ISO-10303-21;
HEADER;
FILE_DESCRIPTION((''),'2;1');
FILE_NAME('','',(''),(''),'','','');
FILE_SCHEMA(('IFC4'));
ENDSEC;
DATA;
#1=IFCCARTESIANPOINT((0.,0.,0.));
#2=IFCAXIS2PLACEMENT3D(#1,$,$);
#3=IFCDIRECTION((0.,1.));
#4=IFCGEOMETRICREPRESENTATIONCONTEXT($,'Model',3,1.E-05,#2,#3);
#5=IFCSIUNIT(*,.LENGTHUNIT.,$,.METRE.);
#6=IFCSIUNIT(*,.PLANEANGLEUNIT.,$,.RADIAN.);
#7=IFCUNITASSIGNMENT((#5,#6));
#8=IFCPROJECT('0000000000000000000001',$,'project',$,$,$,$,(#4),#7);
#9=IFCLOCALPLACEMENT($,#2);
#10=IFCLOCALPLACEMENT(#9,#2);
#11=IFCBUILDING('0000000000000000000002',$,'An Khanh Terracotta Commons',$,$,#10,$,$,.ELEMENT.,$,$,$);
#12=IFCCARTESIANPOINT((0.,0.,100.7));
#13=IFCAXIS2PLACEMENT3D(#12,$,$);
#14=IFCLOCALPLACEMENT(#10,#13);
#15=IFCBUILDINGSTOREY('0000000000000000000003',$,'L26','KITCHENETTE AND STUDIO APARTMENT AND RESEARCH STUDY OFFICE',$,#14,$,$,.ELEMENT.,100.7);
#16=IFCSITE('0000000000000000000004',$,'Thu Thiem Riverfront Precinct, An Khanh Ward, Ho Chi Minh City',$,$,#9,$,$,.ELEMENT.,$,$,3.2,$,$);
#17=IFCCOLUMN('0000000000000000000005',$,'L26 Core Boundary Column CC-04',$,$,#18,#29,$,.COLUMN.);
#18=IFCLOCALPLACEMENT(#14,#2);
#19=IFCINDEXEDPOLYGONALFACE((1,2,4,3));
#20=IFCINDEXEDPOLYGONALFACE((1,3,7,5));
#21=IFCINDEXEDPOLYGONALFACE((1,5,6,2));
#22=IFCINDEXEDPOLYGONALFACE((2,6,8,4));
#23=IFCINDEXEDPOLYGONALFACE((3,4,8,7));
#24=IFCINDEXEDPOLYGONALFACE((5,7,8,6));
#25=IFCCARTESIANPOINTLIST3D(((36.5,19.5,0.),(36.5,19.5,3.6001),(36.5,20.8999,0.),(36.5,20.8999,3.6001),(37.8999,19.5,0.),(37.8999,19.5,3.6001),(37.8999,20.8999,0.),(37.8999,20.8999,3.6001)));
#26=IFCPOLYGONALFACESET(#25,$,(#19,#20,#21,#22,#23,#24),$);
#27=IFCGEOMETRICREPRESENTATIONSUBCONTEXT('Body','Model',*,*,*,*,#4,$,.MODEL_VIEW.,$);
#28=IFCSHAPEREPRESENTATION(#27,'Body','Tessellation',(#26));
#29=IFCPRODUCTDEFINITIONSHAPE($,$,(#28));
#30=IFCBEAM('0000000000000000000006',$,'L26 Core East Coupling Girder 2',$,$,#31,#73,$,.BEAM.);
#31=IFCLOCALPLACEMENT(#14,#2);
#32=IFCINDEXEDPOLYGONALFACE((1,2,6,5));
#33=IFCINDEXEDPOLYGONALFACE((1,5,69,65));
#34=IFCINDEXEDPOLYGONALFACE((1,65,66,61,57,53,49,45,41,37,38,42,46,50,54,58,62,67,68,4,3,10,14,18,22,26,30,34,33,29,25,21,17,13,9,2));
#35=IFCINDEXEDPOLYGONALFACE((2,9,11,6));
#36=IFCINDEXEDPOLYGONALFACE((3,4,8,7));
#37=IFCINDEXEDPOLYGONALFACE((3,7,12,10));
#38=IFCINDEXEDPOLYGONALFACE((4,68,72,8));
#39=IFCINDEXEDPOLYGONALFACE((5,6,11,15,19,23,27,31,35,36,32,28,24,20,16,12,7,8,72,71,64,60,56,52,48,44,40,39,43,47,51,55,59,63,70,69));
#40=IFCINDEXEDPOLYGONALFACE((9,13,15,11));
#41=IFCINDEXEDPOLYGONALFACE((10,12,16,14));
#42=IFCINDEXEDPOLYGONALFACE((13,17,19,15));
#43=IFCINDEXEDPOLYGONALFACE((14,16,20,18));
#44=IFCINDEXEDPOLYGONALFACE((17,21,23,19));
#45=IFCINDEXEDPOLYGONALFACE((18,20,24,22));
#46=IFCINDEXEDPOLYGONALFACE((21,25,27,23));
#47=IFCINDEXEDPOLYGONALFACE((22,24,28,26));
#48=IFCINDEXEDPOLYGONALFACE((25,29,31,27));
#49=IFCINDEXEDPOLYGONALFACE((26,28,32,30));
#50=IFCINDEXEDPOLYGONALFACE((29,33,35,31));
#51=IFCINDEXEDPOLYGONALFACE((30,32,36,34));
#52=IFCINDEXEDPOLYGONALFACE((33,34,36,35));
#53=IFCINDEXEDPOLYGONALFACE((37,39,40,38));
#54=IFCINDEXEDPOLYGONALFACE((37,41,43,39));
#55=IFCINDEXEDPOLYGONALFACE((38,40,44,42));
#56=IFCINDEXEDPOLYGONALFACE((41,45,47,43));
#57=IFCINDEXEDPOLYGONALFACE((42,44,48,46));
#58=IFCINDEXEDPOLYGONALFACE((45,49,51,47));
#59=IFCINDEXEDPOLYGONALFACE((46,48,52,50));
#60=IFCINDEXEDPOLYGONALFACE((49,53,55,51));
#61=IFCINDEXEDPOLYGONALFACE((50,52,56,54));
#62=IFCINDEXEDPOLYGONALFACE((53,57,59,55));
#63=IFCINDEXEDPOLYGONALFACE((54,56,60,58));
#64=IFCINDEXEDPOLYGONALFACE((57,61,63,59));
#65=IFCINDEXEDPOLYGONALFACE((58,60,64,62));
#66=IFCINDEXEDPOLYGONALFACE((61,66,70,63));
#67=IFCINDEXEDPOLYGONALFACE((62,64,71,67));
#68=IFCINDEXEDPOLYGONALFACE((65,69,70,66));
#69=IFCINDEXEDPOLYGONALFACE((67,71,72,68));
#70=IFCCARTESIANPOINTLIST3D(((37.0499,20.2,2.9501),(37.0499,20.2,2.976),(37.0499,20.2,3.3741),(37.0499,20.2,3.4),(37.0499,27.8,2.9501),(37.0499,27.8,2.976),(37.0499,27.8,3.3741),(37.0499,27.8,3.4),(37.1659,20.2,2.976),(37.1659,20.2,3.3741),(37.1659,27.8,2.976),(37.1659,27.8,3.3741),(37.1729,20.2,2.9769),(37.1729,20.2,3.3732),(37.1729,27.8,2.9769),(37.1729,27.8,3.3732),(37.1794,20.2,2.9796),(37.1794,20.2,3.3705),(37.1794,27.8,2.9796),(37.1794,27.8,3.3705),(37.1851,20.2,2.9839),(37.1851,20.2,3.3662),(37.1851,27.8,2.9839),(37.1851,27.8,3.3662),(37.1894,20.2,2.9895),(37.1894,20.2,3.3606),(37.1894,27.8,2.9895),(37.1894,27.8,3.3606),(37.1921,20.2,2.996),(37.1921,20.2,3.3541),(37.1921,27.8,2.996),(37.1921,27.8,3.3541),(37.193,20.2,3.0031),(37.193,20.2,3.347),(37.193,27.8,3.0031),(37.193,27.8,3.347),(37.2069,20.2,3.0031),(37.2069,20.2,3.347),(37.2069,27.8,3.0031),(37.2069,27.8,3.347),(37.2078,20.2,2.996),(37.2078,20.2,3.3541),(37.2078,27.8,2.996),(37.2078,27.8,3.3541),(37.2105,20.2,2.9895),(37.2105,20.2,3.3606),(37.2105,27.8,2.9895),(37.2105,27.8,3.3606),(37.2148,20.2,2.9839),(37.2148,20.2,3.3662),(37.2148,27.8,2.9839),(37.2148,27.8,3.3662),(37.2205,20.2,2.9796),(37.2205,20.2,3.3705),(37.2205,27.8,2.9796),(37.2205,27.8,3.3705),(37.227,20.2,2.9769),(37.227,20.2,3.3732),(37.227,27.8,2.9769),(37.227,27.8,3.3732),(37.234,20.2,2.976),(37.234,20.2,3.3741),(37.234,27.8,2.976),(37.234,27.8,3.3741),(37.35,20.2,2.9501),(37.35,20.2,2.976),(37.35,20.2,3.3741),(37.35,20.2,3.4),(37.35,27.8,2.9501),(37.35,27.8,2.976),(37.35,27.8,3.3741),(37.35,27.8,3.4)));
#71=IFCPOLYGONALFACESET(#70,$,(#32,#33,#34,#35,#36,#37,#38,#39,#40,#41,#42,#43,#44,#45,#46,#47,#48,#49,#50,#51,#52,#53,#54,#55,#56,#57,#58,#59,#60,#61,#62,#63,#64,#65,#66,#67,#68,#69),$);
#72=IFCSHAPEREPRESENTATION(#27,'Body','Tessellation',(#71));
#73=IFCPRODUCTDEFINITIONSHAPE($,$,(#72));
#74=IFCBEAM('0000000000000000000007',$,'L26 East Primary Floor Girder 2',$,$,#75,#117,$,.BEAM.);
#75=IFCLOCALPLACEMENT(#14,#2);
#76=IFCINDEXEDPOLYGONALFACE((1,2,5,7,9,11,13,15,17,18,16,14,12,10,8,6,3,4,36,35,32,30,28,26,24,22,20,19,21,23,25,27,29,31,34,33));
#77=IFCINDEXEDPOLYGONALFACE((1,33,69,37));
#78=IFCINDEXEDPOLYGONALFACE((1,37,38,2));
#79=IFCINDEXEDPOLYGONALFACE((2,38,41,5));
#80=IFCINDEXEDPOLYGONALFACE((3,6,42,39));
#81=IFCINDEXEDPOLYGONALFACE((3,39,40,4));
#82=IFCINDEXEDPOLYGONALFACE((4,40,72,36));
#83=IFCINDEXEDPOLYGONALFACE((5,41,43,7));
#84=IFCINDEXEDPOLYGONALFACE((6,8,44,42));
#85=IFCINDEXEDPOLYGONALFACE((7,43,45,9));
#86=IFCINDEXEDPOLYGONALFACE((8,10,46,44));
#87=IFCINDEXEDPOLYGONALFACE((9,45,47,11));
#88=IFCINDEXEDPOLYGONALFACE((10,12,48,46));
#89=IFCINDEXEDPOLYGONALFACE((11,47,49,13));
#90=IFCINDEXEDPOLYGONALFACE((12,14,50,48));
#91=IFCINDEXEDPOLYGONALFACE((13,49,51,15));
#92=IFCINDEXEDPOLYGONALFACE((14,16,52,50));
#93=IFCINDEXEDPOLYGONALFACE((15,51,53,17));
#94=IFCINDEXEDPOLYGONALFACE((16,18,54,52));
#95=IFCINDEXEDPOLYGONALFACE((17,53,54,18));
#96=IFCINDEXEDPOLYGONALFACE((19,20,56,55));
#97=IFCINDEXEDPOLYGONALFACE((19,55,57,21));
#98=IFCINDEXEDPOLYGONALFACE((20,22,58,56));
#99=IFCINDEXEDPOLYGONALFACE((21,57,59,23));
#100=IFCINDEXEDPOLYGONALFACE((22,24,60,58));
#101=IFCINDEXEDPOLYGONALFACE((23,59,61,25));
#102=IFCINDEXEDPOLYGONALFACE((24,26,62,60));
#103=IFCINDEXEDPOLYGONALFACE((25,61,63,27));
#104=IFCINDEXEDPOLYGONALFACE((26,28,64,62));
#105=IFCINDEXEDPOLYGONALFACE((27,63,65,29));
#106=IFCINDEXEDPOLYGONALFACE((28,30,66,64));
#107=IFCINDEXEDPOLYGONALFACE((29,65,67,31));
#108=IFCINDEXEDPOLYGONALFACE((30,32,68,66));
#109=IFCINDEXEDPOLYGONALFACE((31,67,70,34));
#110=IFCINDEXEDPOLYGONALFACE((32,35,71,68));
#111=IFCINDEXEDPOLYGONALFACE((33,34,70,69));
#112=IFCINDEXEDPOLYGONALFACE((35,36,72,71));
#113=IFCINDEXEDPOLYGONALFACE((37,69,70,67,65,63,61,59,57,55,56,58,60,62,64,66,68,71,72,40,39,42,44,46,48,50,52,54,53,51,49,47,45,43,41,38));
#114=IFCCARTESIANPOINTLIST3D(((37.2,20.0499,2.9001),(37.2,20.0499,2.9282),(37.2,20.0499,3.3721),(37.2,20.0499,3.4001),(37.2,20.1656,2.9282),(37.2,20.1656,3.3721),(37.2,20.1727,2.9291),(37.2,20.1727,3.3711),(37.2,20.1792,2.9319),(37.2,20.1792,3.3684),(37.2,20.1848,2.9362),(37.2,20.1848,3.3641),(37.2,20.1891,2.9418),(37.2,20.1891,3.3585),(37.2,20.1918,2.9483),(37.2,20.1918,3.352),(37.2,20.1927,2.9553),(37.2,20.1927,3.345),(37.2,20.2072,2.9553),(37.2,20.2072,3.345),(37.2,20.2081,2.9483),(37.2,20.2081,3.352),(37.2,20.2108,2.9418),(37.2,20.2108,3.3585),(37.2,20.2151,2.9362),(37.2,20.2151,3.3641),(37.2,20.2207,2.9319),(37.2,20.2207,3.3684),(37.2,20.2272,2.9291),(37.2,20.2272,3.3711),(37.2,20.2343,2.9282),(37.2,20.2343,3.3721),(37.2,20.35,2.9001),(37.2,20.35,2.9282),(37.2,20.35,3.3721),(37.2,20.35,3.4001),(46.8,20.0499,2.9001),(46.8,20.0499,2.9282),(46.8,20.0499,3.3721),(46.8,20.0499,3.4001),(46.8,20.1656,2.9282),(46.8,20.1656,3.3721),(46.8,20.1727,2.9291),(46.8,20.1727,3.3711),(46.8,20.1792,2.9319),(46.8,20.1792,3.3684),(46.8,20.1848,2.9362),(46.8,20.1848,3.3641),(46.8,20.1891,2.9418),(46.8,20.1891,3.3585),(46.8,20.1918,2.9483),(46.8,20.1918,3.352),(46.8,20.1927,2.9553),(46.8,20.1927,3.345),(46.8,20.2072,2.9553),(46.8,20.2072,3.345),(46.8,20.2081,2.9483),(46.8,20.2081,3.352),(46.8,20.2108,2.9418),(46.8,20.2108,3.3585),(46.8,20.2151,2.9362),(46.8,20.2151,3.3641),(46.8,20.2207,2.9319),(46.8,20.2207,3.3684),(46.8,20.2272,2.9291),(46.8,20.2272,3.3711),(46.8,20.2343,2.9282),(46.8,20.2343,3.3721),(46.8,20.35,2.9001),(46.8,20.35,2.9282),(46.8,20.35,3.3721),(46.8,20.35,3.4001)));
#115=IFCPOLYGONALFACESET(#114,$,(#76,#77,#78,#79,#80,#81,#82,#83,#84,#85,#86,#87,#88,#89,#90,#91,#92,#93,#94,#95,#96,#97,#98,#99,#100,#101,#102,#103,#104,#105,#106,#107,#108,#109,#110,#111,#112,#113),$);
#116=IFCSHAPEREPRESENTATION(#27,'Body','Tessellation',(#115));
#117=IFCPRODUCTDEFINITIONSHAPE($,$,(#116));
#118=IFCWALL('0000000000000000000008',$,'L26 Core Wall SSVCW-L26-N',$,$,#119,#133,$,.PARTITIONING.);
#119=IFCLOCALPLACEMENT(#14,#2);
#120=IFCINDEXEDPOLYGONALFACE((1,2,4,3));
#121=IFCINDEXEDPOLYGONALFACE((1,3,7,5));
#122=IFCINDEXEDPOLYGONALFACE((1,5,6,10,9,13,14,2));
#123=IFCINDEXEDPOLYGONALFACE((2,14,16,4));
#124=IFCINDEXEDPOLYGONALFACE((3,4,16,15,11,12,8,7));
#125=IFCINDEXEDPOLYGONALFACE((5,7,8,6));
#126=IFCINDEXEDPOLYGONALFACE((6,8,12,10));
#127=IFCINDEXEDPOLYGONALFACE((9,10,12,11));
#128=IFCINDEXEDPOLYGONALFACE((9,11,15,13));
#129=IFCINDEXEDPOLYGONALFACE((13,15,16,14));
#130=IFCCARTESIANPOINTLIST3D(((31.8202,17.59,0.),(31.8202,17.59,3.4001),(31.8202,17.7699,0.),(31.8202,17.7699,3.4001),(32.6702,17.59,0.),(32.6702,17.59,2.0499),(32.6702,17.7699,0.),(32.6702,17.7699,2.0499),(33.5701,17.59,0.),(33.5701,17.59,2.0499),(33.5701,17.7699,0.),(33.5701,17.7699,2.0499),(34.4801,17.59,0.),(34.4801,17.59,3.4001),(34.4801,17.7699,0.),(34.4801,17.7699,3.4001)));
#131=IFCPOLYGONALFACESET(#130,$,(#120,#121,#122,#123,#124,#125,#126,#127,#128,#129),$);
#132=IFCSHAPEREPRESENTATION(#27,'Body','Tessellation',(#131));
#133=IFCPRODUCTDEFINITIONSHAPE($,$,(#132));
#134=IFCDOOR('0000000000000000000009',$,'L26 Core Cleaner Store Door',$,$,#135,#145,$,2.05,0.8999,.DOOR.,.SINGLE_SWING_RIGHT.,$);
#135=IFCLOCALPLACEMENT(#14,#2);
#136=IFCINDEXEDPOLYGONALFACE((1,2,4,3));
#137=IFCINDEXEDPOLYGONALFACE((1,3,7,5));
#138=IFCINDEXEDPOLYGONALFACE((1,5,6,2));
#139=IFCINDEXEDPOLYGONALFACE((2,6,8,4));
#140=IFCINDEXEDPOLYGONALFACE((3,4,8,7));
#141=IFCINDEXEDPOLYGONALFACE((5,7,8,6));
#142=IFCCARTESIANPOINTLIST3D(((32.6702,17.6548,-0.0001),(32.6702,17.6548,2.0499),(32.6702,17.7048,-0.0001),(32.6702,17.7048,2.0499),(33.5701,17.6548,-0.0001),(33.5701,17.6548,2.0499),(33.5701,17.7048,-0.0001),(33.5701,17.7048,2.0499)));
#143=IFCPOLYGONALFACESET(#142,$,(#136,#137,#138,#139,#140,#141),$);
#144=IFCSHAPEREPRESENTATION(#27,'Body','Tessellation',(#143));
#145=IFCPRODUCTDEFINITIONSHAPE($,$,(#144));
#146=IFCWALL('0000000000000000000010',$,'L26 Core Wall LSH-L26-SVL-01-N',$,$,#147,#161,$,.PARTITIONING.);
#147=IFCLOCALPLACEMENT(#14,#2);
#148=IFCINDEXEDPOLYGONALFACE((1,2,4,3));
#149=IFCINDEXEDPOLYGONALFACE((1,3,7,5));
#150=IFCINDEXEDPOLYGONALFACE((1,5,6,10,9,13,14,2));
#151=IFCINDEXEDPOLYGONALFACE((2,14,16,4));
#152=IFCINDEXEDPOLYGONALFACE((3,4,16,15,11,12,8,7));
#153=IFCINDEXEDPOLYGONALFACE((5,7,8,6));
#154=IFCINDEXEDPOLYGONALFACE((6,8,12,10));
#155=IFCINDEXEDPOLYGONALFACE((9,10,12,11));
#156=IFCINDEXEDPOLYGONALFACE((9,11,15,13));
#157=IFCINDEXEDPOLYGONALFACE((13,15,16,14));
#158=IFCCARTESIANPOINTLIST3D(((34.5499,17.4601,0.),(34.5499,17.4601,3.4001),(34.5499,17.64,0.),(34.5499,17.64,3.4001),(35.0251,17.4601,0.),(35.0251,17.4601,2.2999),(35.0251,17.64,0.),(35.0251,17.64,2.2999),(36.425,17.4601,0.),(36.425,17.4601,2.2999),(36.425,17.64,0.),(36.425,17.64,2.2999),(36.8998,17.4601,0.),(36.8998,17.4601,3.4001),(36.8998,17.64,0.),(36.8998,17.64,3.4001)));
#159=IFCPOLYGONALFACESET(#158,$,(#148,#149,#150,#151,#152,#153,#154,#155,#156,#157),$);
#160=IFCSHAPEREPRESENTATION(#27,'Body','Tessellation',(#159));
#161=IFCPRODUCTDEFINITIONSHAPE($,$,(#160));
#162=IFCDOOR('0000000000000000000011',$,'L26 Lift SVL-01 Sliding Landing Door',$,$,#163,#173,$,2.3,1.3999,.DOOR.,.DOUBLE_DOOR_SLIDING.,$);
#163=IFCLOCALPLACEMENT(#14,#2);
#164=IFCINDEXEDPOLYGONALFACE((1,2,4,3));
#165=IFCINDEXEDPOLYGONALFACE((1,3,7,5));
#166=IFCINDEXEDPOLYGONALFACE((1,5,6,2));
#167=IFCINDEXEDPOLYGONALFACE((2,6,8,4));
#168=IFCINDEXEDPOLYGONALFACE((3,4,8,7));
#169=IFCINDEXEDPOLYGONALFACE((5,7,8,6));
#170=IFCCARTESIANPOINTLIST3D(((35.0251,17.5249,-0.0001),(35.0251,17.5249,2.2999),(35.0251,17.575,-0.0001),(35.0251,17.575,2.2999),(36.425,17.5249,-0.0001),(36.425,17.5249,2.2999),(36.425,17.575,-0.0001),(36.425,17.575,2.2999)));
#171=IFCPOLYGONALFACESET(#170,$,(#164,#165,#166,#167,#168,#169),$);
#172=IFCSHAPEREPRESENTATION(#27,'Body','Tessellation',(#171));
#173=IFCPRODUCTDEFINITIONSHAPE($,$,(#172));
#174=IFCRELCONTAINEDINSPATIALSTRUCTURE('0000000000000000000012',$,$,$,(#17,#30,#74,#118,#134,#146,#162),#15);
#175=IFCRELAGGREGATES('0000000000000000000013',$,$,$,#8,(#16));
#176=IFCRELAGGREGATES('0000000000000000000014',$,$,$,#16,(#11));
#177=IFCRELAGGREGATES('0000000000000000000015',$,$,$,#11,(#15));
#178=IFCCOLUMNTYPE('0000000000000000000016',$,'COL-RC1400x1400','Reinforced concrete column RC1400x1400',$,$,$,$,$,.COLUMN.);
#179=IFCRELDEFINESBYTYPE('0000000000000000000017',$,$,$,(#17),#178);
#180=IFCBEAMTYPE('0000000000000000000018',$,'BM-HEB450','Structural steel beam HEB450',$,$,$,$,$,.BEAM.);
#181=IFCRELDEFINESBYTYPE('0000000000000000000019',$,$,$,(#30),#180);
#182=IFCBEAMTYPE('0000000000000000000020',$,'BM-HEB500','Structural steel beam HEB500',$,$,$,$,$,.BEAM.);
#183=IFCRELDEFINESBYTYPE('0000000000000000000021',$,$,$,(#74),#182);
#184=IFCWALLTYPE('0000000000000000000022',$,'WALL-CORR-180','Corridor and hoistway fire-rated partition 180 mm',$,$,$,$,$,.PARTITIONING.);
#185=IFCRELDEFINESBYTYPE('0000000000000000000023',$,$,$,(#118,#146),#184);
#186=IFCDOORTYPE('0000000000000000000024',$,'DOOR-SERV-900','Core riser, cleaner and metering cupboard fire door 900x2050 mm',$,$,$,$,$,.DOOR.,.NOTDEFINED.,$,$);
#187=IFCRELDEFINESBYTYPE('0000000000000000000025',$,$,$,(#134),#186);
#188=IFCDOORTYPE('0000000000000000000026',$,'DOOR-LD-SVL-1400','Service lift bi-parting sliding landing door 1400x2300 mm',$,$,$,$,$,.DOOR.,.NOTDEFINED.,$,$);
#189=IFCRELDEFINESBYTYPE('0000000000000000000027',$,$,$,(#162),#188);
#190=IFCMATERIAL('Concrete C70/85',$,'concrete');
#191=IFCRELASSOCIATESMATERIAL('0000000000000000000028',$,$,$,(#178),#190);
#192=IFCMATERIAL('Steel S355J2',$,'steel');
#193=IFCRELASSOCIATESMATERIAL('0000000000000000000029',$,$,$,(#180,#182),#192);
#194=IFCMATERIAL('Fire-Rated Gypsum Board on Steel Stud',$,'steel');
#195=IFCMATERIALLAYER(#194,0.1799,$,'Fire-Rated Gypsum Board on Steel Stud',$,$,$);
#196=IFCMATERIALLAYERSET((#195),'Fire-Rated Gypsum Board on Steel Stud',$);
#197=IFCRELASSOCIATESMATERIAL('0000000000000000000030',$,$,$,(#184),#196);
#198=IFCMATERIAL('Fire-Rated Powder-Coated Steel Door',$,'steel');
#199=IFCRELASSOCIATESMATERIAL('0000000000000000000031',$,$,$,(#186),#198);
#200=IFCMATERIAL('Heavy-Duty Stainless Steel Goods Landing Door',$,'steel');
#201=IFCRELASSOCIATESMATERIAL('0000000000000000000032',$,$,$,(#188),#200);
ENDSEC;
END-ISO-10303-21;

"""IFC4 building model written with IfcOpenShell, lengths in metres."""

from ifc_helpers import new_model, si_unit, direction, frame, frame_2d, origin, origin_2d, place, context, subcontext, project, spatial, rectangle, i_section, extrude, material, layer, layer_set, material_profile, profile_set, type_object, element, fill, save


model = new_model("IFC4")

# Units and contexts
model_context = context("Model", 3, precision=1e-05, world=origin(), true_north=direction((0.0, 1.0)))
body_context = subcontext(model_context, "Body", "Model", "MODEL_VIEW")
ifc_project = project(units=[si_unit("LENGTHUNIT", "METRE"), si_unit("PLANEANGLEUNIT", "RADIAN")], contexts=[model_context])

# Site, building, storey
site_placement = place(None, origin())
site = spatial("IfcSite", under=ifc_project, at=site_placement, Name="Thu Thiem Riverfront Precinct, An Khanh Ward, Ho Chi Minh City", CompositionType="ELEMENT", RefElevation=3.2)
building_placement = place(site_placement, origin())
building = spatial("IfcBuilding", under=site, at=building_placement, Name="An Khanh Terracotta Commons", CompositionType="ELEMENT")
storey_placement = place(building_placement, frame((0.0, 0.0, 100.7)))
storey = spatial("IfcBuildingStorey", under=building, at=storey_placement, Name="L26", Description="KITCHENETTE AND STUDIO APARTMENT AND RESEARCH STUDY OFFICE", CompositionType="ELEMENT", Elevation=100.7)

# Column
ifc_material_1 = material(Name="Concrete C70/85", Category="concrete")
ifc_material_profile_1 = material_profile(ifc_material_1, rectangle(XDim=1.3999, YDim=1.3999, at=origin_2d()), Name="RC1400x1400")
ifc_profile_set_1 = profile_set([ifc_material_profile_1], Name="Concrete C70/85")
column_type = type_object("IfcColumnType", Name="COL-RC1400x1400", Description="Reinforced concrete column RC1400x1400", PredefinedType="COLUMN", material=ifc_profile_set_1)
column_placement = place(storey_placement, frame((37.2, 20.2, 0.0), z_axis=(0.0, 0.0, 1.0), x_axis=(1.0, 0.0, 0.0)))
element("IfcColumn", 1, at=column_placement, inside=storey, type_object=column_type, Name="L26 Core Boundary Column CC-04", PredefinedType="COLUMN", context=body_context, shape_type="SweptSolid", body=[
    extrude(rectangle(XDim=1.3999, YDim=1.3999, at=origin_2d()), origin(), (0.0, 0.0, 1.0), 3.6001),
])

# Beams
ifc_material_2 = material(Name="Steel S355J2", Category="steel")
ifc_material_profile_2 = material_profile(ifc_material_2, i_section(OverallWidth=0.3, OverallDepth=0.45, WebThickness=0.0139, FlangeThickness=0.0259, FilletRadius=0.0271, at=origin_2d()), Name="HEB450")
ifc_profile_set_2 = profile_set([ifc_material_profile_2], Name="Steel S355J2")
beam_type_1 = type_object("IfcBeamType", Name="BM-HEB450", Description="Structural steel beam HEB450", PredefinedType="BEAM", material=ifc_profile_set_2)
beam_1_placement = place(storey_placement, frame((37.2, 20.2, 3.175), z_axis=(0.0, 1.0, 0.0), x_axis=(-1.0, 0.0, 0.0)))
element("IfcBeam", 2, at=beam_1_placement, inside=storey, type_object=beam_type_1, Name="L26 Core East Coupling Girder 2", PredefinedType="BEAM", context=body_context, shape_type="SweptSolid", body=[
    extrude(i_section(OverallWidth=0.3, OverallDepth=0.45, WebThickness=0.0139, FlangeThickness=0.0259, FilletRadius=0.0271, at=origin_2d()), origin(), (0.0, 0.0, 1.0), 7.6001),
])
ifc_material_profile_3 = material_profile(ifc_material_2, i_section(OverallWidth=0.3, OverallDepth=0.5, WebThickness=0.0144, FlangeThickness=0.0281, FilletRadius=0.0271, at=origin_2d()), Name="HEB500")
ifc_profile_set_3 = profile_set([ifc_material_profile_3], Name="Steel S355J2")
beam_type_2 = type_object("IfcBeamType", Name="BM-HEB500", Description="Structural steel beam HEB500", PredefinedType="BEAM", material=ifc_profile_set_3)
beam_2_placement = place(storey_placement, frame((37.2, 20.2, 3.1501), z_axis=(1.0, 0.0, 0.0), x_axis=(0.0, 1.0, 0.0)))
element("IfcBeam", 3, at=beam_2_placement, inside=storey, type_object=beam_type_2, Name="L26 East Primary Floor Girder 2", PredefinedType="BEAM", context=body_context, shape_type="SweptSolid", body=[
    extrude(i_section(OverallWidth=0.3, OverallDepth=0.5, WebThickness=0.0144, FlangeThickness=0.0281, FilletRadius=0.0271, at=origin_2d()), origin(), (0.0, 0.0, 1.0), 9.6001),
])

# Walls, openings, doors
ifc_material_3 = material(Name="Fire-Rated Gypsum Board on Steel Stud", Category="steel")
ifc_layer = layer(ifc_material_3, 0.1799, Name="Fire-Rated Gypsum Board on Steel Stud")
ifc_layer_set = layer_set([ifc_layer], Name="Fire-Rated Gypsum Board on Steel Stud")
wall_type = type_object("IfcWallType", Name="WALL-CORR-180", Description="Corridor and hoistway fire-rated partition 180 mm", PredefinedType="PARTITIONING", material=ifc_layer_set)
wall_1_placement = place(storey_placement, frame((31.8201, 17.6799, 0.0), z_axis=(0.0, 0.0, 1.0), x_axis=(1.0, 0.0, 0.0)))
wall_1 = element("IfcWall", 4, at=wall_1_placement, inside=storey, type_object=wall_type, Name="L26 Core Wall SSVCW-L26-N", PredefinedType="PARTITIONING", context=body_context, shape_type="SweptSolid", body=[
    extrude(rectangle(XDim=2.6599, YDim=0.1799, at=frame_2d((1.3301, 0.0))), origin(), (0.0, 0.0, 1.0), 3.4001),
])
opening_1_placement = place(wall_1_placement, frame((0.8501, 0.0, 0.0)))
opening_1 = element("IfcOpeningElement", 5, at=opening_1_placement, cuts=wall_1, PredefinedType="OPENING", context=body_context, shape_type="SweptSolid", body=[
    extrude(rectangle(XDim=0.8999, YDim=2.05, at=frame_2d((0.45, 1.0249))), frame((0.0, 0.0999, 0.0), z_axis=(0.0, -1.0, 0.0), x_axis=(1.0, 0.0, 0.0)), (0.0, 0.0, 1.0), 0.2),
])
ifc_material_4 = material(Name="Fire-Rated Powder-Coated Steel Door", Category="steel")
door_type_1 = type_object("IfcDoorType", Name="DOOR-SERV-900", Description="Core riser, cleaner and metering cupboard fire door 900x2050 mm", OperationType="NOTDEFINED", PredefinedType="DOOR", material=ifc_material_4)
door_1_placement = place(opening_1_placement, origin())
door_1 = element("IfcDoor", 6, at=door_1_placement, inside=storey, type_object=door_type_1, Name="L26 Core Cleaner Store Door", OperationType="SINGLE_SWING_RIGHT", OverallHeight=2.05, OverallWidth=0.8999, PredefinedType="DOOR", context=body_context, shape_type="SweptSolid", body=[
    extrude(rectangle(XDim=0.8999, YDim=2.05, at=frame_2d((0.45, 1.0249))), frame((0.0, 0.0249, 0.0), z_axis=(0.0, -1.0, 0.0), x_axis=(1.0, 0.0, 0.0)), (0.0, 0.0, 1.0), 0.05),
])
fill(opening_1, door_1)
wall_2_placement = place(storey_placement, frame((34.55, 17.55, 0.0), z_axis=(0.0, 0.0, 1.0), x_axis=(1.0, 0.0, 0.0)))
wall_2 = element("IfcWall", 7, at=wall_2_placement, inside=storey, type_object=wall_type, Name="L26 Core Wall LSH-L26-SVL-01-N", PredefinedType="PARTITIONING", context=body_context, shape_type="SweptSolid", body=[
    extrude(rectangle(XDim=2.3499, YDim=0.1799, at=frame_2d((1.1748, 0.0))), origin(), (0.0, 0.0, 1.0), 3.4001),
])
opening_2_placement = place(wall_2_placement, frame((0.4751, 0.0, 0.0)))
opening_2 = element("IfcOpeningElement", 8, at=opening_2_placement, cuts=wall_2, PredefinedType="OPENING", context=body_context, shape_type="SweptSolid", body=[
    extrude(rectangle(XDim=1.3999, YDim=2.3, at=frame_2d((0.7, 1.1499))), frame((0.0, 0.0999, 0.0), z_axis=(0.0, -1.0, 0.0), x_axis=(1.0, 0.0, 0.0)), (0.0, 0.0, 1.0), 0.2),
])
ifc_material_5 = material(Name="Heavy-Duty Stainless Steel Goods Landing Door", Category="steel")
door_type_2 = type_object("IfcDoorType", Name="DOOR-LD-SVL-1400", Description="Service lift bi-parting sliding landing door 1400x2300 mm", OperationType="NOTDEFINED", PredefinedType="DOOR", material=ifc_material_5)
door_2_placement = place(opening_2_placement, origin())
door_2 = element("IfcDoor", 9, at=door_2_placement, inside=storey, type_object=door_type_2, Name="L26 Lift SVL-01 Sliding Landing Door", OperationType="DOUBLE_DOOR_SLIDING", OverallHeight=2.3, OverallWidth=1.3999, PredefinedType="DOOR", context=body_context, shape_type="SweptSolid", body=[
    extrude(rectangle(XDim=1.3999, YDim=2.3, at=frame_2d((0.7, 1.1499))), frame((0.0, 0.0249, 0.0), z_axis=(0.0, -1.0, 0.0), x_axis=(1.0, 0.0, 0.0)), (0.0, 0.0, 1.0), 0.05),
])
fill(opening_2, door_2)

save(model, "model.ifc")
